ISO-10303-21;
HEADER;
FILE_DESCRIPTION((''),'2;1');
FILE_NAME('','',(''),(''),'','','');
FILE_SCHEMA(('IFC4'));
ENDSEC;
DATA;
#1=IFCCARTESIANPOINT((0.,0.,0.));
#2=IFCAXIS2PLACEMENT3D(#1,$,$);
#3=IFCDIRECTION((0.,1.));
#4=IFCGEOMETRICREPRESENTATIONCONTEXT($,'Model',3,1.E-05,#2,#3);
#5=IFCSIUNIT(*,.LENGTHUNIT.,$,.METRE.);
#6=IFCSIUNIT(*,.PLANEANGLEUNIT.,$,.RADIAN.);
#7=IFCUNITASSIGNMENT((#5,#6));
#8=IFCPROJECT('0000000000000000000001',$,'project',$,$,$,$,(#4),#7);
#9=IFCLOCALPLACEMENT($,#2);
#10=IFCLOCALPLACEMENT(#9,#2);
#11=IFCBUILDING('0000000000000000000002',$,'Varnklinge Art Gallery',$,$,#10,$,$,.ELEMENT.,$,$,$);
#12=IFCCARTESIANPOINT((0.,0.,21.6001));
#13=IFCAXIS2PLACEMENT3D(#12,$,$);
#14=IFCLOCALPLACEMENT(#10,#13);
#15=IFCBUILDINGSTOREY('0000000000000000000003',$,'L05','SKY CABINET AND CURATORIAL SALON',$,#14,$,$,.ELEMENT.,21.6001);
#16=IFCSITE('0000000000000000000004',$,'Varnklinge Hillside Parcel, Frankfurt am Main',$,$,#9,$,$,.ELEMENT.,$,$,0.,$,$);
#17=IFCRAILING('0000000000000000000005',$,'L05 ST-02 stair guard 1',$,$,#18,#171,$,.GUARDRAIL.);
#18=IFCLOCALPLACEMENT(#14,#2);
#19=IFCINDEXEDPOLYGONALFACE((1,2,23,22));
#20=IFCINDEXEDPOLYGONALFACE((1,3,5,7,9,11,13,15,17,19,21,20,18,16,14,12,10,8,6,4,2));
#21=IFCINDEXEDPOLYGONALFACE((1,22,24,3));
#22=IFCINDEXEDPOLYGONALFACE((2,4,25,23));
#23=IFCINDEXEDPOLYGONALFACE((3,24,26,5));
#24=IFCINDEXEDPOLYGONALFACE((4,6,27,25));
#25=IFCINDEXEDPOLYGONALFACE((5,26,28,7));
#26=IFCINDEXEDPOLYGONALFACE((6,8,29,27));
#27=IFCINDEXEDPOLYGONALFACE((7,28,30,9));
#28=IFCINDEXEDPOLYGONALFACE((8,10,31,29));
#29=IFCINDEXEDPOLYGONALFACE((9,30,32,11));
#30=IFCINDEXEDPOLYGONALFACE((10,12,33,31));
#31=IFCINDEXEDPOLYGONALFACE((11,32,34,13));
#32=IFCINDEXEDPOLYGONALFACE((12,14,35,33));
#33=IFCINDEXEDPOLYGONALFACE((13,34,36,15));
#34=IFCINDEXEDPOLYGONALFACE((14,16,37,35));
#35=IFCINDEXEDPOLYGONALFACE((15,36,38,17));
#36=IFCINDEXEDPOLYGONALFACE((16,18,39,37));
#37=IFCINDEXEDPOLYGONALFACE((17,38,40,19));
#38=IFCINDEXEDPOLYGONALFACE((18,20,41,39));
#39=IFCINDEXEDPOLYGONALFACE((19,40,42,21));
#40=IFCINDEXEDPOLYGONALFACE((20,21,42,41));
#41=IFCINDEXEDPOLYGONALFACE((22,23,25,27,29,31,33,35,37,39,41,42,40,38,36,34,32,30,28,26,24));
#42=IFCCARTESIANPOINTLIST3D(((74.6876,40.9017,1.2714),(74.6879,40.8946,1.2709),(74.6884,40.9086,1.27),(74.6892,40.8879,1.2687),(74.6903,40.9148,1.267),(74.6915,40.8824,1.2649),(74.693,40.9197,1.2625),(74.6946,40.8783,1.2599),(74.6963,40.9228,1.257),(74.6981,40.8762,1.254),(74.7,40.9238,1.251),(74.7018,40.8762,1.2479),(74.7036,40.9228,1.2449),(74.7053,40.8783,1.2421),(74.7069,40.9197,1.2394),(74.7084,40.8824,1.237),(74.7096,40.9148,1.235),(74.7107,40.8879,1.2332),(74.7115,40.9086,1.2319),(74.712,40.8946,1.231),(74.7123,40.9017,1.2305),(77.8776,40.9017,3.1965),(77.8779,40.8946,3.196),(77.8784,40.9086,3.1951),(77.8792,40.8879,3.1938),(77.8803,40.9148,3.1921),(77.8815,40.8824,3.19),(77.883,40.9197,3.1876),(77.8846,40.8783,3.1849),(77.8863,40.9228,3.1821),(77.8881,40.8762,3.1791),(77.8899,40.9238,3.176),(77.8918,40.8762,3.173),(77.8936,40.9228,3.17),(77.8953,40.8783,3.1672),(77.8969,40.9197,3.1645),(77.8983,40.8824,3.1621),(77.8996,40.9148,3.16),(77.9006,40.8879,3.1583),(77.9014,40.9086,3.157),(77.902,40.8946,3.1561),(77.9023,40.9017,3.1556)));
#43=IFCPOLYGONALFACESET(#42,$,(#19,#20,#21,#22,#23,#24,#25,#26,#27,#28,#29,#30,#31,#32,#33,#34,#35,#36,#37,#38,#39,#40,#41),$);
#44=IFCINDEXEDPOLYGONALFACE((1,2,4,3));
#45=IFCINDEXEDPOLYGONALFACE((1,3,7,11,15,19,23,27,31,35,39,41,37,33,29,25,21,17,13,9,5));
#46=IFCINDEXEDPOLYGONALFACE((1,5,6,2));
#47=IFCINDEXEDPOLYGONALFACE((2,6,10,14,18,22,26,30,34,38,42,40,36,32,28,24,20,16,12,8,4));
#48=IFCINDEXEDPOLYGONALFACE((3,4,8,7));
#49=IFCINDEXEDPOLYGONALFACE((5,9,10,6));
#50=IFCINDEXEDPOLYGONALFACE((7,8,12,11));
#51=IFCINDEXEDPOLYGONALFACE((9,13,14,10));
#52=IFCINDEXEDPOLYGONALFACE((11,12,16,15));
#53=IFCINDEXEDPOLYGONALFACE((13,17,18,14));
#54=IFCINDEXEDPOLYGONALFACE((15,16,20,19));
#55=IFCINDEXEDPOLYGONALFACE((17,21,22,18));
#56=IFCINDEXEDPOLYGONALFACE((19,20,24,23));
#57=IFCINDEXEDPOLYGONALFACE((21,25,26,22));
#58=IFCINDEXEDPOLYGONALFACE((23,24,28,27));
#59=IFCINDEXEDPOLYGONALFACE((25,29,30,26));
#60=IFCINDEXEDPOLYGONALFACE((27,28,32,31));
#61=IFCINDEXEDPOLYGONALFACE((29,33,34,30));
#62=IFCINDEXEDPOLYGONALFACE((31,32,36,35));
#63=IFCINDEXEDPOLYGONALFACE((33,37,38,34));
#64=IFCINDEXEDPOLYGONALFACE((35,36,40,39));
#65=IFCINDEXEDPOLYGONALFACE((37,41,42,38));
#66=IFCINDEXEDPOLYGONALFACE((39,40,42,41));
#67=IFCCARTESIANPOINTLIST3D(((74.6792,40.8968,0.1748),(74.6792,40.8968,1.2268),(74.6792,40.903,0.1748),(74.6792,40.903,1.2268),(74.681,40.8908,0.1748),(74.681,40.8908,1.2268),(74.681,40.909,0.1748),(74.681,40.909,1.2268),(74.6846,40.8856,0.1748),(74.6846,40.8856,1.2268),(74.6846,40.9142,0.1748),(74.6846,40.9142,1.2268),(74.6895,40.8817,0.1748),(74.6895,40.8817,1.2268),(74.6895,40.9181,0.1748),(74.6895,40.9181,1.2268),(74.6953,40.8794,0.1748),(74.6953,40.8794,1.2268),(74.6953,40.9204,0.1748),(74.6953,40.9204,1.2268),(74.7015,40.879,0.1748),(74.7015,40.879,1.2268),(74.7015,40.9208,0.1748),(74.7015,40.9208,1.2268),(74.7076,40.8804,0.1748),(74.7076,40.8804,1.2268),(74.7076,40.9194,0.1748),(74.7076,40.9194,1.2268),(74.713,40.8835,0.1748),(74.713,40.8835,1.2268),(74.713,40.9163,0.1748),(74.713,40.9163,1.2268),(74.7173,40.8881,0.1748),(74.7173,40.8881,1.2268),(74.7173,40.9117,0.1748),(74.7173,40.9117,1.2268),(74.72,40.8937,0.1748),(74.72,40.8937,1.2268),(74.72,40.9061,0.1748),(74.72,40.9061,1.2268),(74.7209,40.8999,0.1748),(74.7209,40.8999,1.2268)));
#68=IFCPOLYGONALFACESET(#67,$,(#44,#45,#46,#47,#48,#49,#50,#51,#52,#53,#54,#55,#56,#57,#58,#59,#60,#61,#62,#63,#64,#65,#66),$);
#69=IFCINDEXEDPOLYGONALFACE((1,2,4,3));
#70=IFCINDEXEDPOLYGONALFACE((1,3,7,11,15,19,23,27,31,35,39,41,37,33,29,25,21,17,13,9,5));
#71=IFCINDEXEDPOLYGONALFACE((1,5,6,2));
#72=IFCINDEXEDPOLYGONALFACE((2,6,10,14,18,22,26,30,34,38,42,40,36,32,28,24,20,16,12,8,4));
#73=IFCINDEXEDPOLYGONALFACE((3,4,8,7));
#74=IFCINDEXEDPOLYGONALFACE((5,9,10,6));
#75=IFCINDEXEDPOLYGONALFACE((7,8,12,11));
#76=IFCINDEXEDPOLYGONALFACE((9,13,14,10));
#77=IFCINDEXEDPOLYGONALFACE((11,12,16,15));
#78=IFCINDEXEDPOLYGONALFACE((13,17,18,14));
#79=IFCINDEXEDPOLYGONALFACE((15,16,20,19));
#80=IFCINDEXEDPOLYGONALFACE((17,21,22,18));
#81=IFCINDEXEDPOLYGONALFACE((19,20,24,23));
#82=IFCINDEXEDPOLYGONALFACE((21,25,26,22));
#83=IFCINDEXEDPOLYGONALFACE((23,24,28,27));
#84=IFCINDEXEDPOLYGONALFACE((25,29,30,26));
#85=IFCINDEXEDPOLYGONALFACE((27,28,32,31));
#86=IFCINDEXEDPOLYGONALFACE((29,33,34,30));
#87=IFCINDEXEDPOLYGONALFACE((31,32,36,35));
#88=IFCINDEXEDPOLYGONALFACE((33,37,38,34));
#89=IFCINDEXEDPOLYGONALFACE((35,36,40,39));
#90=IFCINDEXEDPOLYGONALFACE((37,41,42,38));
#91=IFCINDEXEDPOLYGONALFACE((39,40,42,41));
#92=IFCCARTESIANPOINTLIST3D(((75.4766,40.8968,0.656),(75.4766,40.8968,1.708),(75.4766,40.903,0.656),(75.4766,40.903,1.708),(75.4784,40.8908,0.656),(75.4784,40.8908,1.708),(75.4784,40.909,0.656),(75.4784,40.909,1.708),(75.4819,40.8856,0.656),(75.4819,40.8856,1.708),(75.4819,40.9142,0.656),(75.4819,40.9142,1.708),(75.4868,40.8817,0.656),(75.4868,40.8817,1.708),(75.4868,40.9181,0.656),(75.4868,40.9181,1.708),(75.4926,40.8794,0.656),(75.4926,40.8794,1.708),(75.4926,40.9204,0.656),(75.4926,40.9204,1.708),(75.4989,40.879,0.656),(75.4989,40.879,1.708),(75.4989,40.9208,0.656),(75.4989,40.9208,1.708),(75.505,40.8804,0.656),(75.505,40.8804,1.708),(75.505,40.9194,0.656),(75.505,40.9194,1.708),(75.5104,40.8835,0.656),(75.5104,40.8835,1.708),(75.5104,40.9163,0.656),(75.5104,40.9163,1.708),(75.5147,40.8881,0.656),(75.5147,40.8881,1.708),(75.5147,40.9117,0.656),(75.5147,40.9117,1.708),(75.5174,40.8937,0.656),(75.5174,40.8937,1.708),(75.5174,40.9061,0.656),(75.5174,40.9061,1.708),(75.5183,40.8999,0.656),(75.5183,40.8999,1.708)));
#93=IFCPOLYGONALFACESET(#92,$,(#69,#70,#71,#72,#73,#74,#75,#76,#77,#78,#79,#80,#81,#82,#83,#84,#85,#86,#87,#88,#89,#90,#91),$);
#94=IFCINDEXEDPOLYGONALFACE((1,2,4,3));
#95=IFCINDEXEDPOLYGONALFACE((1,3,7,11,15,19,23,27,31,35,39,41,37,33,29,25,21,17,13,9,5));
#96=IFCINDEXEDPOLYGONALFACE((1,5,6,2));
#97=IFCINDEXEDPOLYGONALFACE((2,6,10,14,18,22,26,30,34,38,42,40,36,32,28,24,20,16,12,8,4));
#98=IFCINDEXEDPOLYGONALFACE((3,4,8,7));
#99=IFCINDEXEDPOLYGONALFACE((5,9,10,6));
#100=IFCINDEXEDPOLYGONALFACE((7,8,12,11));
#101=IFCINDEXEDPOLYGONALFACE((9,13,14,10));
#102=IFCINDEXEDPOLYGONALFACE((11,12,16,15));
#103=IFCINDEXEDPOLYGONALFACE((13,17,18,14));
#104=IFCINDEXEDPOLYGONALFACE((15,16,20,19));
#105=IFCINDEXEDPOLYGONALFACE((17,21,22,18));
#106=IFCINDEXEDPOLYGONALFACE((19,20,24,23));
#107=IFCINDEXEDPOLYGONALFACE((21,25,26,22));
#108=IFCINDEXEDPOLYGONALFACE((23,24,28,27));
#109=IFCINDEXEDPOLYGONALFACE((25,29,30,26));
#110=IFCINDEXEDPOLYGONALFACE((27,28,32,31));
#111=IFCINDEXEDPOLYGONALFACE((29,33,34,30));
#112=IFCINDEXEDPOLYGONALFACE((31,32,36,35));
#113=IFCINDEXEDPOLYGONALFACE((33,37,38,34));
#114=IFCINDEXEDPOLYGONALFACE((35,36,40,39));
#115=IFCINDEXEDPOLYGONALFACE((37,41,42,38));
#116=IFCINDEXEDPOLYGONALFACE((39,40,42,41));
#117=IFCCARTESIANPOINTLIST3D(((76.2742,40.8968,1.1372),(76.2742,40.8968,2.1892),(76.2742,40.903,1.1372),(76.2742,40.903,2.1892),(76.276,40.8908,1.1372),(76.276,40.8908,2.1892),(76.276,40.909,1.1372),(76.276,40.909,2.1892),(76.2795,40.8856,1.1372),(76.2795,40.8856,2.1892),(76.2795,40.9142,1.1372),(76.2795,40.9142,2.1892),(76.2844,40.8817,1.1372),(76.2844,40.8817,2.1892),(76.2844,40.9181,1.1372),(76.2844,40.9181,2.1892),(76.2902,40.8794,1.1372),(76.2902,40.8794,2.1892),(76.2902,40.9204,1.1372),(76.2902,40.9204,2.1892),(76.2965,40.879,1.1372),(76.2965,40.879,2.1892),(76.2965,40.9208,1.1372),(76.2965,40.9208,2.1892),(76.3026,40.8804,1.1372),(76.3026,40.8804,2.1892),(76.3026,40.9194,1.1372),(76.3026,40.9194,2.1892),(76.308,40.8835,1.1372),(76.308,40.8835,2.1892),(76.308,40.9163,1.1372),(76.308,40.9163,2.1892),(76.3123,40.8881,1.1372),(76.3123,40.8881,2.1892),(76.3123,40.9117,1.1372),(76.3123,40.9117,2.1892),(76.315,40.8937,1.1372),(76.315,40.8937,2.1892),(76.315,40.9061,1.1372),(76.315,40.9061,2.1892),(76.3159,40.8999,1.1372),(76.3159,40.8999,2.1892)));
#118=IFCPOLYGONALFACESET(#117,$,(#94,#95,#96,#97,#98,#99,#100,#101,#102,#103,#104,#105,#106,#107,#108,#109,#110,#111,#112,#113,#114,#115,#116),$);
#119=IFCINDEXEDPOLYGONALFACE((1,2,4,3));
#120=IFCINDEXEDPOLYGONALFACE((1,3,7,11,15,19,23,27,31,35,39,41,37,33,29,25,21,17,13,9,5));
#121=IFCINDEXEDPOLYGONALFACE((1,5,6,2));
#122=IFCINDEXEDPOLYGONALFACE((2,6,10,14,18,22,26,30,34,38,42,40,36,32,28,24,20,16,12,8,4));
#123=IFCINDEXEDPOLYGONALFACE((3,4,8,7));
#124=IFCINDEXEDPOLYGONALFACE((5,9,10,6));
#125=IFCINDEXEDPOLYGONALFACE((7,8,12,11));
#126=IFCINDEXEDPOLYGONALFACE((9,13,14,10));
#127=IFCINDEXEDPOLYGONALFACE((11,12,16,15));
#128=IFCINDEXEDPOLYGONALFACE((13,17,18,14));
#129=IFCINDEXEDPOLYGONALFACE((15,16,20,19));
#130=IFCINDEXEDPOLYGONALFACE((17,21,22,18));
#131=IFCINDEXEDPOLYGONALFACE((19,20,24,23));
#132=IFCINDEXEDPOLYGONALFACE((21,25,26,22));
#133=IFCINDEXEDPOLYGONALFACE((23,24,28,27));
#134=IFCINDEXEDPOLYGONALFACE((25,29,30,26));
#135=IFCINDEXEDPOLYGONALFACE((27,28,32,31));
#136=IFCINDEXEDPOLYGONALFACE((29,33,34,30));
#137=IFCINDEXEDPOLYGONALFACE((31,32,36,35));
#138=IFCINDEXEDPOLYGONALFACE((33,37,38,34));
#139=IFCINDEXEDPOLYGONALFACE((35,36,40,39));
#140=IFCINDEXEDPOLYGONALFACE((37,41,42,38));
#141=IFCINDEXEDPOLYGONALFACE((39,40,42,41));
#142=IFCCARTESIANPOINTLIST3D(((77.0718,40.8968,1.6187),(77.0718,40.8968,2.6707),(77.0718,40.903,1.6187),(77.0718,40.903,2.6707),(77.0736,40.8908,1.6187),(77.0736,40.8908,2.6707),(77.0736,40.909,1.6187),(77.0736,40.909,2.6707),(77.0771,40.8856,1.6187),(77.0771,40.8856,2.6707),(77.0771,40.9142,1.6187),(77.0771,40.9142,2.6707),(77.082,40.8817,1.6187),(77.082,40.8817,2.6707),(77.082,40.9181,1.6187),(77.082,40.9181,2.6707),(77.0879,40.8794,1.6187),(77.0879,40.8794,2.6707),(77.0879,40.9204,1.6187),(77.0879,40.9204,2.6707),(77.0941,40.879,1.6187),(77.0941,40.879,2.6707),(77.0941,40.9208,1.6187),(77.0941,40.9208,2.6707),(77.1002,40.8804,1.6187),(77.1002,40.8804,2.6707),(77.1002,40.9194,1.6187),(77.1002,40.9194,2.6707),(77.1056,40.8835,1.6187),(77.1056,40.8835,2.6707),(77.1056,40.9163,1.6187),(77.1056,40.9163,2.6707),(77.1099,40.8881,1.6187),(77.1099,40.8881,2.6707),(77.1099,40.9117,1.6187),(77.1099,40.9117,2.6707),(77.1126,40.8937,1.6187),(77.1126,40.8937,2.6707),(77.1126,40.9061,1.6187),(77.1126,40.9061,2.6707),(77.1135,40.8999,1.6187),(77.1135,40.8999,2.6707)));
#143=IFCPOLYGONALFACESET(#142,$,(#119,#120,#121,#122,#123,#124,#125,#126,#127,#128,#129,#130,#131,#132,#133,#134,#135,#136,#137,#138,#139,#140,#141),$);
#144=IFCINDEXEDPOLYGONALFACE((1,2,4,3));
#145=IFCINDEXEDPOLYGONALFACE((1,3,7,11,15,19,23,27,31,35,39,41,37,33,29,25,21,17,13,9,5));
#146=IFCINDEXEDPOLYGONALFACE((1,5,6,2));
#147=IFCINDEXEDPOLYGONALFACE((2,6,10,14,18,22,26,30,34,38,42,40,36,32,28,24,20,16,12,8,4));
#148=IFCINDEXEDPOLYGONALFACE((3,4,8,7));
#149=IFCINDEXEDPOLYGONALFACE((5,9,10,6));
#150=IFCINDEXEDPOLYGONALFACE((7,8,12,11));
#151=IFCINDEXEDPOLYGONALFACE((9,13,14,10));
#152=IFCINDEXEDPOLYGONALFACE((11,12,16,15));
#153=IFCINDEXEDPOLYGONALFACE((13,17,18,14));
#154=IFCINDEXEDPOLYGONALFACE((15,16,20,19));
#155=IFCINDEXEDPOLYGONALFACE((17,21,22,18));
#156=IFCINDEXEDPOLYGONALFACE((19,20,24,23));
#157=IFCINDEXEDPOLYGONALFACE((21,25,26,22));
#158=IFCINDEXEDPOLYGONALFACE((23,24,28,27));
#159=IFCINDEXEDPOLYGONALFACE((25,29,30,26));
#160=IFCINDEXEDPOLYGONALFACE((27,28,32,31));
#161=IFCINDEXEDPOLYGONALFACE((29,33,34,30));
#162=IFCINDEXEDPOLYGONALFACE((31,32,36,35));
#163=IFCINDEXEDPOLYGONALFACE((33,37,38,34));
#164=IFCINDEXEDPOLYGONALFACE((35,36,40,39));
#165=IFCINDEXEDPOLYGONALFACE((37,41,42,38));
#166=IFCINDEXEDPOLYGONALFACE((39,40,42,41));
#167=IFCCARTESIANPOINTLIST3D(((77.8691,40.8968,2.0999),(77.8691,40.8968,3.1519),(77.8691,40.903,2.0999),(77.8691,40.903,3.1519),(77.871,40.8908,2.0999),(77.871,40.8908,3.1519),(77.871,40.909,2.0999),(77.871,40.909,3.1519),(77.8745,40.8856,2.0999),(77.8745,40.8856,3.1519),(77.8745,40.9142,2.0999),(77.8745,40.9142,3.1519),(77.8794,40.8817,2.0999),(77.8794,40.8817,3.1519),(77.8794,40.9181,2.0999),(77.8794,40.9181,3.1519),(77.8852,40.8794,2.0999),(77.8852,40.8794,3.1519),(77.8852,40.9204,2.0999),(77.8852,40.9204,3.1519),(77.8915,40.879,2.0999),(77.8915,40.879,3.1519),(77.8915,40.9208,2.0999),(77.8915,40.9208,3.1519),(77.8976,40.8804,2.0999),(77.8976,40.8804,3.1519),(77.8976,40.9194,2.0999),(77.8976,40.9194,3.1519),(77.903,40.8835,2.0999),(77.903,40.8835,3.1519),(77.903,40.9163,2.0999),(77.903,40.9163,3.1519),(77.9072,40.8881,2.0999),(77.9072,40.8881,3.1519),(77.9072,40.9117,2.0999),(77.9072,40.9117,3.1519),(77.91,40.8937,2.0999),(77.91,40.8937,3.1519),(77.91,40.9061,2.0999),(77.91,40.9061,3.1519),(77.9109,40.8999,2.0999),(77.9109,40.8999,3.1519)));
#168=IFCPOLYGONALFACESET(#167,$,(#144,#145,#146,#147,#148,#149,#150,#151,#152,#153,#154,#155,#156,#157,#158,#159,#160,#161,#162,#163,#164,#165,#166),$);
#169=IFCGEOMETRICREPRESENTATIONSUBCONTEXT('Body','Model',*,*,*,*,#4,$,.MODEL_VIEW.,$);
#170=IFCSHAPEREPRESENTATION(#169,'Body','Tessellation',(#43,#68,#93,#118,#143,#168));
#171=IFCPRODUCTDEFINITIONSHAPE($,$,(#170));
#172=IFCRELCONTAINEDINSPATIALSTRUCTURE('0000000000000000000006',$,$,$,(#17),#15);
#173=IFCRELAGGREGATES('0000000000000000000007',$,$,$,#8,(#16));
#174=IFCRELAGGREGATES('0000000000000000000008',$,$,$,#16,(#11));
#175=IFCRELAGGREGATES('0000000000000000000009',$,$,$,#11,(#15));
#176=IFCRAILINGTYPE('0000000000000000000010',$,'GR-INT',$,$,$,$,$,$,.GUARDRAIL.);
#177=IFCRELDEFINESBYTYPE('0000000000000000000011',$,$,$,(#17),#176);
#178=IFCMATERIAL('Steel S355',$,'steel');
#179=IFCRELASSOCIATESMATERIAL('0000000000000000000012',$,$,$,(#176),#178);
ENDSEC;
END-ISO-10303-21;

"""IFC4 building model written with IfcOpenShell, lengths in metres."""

from ifc_helpers import new_model, si_unit, direction, frame, origin, origin_2d, place, context, subcontext, project, spatial, circle, extrude, material, type_object, element, save


model = new_model("IFC4")

# Units and contexts
model_context = context("Model", 3, precision=1e-05, world=origin(), true_north=direction((0.0, 1.0)))
body_context = subcontext(model_context, "Body", "Model", "MODEL_VIEW")
ifc_project = project(units=[si_unit("LENGTHUNIT", "METRE"), si_unit("PLANEANGLEUNIT", "RADIAN")], contexts=[model_context])

# Site, building, storey
site_placement = place(None, origin())
site = spatial("IfcSite", under=ifc_project, at=site_placement, Name="Varnklinge Hillside Parcel, Frankfurt am Main", CompositionType="ELEMENT", RefElevation=0.0)
building_placement = place(site_placement, origin())
building = spatial("IfcBuilding", under=site, at=building_placement, Name="Varnklinge Art Gallery", CompositionType="ELEMENT")
storey_placement = place(building_placement, frame((0.0, 0.0, 21.6001)))
storey = spatial("IfcBuildingStorey", under=building, at=storey_placement, Name="L05", Description="SKY CABINET AND CURATORIAL SALON", CompositionType="ELEMENT", Elevation=21.6001)

# Railing
ifc_material_1 = material(Name="Steel S355", Category="steel")
railing_type_1 = type_object("IfcRailingType", Name="GR-INT", PredefinedType="GUARDRAIL", material=ifc_material_1)
railing_1_placement = place(storey_placement, frame((74.7, 40.8999, 0.1748)))
element("IfcRailing", 1, at=railing_1_placement, inside=storey, type_object=railing_type_1, Name="L05 ST-02 stair guard 1", PredefinedType="GUARDRAIL", context=body_context, shape_type="SweptSolid", body=[
    extrude(circle(Radius=0.0239, at=origin_2d()), frame((0.0, 0.0, 1.0762), z_axis=(0.856178, 0.0, 0.516682), x_axis=(0.0, 1.0, 0.0)), (0.0, 0.0, 1.0), 3.7258),
    extrude(circle(Radius=0.021, at=origin_2d()), origin(), (0.0, 0.0, 1.0), 1.052),
    extrude(circle(Radius=0.021, at=origin_2d()), frame((0.7974, 0.0, 0.4812)), (0.0, 0.0, 1.0), 1.052),
    extrude(circle(Radius=0.021, at=origin_2d()), frame((1.595, 0.0, 0.9624)), (0.0, 0.0, 1.0), 1.052),
    extrude(circle(Radius=0.021, at=origin_2d()), frame((2.3926, 0.0, 1.4438)), (0.0, 0.0, 1.0), 1.052),
    extrude(circle(Radius=0.021, at=origin_2d()), frame((3.1899, 0.0, 1.925)), (0.0, 0.0, 1.0), 1.052),
])

save(model, "model.ifc")
